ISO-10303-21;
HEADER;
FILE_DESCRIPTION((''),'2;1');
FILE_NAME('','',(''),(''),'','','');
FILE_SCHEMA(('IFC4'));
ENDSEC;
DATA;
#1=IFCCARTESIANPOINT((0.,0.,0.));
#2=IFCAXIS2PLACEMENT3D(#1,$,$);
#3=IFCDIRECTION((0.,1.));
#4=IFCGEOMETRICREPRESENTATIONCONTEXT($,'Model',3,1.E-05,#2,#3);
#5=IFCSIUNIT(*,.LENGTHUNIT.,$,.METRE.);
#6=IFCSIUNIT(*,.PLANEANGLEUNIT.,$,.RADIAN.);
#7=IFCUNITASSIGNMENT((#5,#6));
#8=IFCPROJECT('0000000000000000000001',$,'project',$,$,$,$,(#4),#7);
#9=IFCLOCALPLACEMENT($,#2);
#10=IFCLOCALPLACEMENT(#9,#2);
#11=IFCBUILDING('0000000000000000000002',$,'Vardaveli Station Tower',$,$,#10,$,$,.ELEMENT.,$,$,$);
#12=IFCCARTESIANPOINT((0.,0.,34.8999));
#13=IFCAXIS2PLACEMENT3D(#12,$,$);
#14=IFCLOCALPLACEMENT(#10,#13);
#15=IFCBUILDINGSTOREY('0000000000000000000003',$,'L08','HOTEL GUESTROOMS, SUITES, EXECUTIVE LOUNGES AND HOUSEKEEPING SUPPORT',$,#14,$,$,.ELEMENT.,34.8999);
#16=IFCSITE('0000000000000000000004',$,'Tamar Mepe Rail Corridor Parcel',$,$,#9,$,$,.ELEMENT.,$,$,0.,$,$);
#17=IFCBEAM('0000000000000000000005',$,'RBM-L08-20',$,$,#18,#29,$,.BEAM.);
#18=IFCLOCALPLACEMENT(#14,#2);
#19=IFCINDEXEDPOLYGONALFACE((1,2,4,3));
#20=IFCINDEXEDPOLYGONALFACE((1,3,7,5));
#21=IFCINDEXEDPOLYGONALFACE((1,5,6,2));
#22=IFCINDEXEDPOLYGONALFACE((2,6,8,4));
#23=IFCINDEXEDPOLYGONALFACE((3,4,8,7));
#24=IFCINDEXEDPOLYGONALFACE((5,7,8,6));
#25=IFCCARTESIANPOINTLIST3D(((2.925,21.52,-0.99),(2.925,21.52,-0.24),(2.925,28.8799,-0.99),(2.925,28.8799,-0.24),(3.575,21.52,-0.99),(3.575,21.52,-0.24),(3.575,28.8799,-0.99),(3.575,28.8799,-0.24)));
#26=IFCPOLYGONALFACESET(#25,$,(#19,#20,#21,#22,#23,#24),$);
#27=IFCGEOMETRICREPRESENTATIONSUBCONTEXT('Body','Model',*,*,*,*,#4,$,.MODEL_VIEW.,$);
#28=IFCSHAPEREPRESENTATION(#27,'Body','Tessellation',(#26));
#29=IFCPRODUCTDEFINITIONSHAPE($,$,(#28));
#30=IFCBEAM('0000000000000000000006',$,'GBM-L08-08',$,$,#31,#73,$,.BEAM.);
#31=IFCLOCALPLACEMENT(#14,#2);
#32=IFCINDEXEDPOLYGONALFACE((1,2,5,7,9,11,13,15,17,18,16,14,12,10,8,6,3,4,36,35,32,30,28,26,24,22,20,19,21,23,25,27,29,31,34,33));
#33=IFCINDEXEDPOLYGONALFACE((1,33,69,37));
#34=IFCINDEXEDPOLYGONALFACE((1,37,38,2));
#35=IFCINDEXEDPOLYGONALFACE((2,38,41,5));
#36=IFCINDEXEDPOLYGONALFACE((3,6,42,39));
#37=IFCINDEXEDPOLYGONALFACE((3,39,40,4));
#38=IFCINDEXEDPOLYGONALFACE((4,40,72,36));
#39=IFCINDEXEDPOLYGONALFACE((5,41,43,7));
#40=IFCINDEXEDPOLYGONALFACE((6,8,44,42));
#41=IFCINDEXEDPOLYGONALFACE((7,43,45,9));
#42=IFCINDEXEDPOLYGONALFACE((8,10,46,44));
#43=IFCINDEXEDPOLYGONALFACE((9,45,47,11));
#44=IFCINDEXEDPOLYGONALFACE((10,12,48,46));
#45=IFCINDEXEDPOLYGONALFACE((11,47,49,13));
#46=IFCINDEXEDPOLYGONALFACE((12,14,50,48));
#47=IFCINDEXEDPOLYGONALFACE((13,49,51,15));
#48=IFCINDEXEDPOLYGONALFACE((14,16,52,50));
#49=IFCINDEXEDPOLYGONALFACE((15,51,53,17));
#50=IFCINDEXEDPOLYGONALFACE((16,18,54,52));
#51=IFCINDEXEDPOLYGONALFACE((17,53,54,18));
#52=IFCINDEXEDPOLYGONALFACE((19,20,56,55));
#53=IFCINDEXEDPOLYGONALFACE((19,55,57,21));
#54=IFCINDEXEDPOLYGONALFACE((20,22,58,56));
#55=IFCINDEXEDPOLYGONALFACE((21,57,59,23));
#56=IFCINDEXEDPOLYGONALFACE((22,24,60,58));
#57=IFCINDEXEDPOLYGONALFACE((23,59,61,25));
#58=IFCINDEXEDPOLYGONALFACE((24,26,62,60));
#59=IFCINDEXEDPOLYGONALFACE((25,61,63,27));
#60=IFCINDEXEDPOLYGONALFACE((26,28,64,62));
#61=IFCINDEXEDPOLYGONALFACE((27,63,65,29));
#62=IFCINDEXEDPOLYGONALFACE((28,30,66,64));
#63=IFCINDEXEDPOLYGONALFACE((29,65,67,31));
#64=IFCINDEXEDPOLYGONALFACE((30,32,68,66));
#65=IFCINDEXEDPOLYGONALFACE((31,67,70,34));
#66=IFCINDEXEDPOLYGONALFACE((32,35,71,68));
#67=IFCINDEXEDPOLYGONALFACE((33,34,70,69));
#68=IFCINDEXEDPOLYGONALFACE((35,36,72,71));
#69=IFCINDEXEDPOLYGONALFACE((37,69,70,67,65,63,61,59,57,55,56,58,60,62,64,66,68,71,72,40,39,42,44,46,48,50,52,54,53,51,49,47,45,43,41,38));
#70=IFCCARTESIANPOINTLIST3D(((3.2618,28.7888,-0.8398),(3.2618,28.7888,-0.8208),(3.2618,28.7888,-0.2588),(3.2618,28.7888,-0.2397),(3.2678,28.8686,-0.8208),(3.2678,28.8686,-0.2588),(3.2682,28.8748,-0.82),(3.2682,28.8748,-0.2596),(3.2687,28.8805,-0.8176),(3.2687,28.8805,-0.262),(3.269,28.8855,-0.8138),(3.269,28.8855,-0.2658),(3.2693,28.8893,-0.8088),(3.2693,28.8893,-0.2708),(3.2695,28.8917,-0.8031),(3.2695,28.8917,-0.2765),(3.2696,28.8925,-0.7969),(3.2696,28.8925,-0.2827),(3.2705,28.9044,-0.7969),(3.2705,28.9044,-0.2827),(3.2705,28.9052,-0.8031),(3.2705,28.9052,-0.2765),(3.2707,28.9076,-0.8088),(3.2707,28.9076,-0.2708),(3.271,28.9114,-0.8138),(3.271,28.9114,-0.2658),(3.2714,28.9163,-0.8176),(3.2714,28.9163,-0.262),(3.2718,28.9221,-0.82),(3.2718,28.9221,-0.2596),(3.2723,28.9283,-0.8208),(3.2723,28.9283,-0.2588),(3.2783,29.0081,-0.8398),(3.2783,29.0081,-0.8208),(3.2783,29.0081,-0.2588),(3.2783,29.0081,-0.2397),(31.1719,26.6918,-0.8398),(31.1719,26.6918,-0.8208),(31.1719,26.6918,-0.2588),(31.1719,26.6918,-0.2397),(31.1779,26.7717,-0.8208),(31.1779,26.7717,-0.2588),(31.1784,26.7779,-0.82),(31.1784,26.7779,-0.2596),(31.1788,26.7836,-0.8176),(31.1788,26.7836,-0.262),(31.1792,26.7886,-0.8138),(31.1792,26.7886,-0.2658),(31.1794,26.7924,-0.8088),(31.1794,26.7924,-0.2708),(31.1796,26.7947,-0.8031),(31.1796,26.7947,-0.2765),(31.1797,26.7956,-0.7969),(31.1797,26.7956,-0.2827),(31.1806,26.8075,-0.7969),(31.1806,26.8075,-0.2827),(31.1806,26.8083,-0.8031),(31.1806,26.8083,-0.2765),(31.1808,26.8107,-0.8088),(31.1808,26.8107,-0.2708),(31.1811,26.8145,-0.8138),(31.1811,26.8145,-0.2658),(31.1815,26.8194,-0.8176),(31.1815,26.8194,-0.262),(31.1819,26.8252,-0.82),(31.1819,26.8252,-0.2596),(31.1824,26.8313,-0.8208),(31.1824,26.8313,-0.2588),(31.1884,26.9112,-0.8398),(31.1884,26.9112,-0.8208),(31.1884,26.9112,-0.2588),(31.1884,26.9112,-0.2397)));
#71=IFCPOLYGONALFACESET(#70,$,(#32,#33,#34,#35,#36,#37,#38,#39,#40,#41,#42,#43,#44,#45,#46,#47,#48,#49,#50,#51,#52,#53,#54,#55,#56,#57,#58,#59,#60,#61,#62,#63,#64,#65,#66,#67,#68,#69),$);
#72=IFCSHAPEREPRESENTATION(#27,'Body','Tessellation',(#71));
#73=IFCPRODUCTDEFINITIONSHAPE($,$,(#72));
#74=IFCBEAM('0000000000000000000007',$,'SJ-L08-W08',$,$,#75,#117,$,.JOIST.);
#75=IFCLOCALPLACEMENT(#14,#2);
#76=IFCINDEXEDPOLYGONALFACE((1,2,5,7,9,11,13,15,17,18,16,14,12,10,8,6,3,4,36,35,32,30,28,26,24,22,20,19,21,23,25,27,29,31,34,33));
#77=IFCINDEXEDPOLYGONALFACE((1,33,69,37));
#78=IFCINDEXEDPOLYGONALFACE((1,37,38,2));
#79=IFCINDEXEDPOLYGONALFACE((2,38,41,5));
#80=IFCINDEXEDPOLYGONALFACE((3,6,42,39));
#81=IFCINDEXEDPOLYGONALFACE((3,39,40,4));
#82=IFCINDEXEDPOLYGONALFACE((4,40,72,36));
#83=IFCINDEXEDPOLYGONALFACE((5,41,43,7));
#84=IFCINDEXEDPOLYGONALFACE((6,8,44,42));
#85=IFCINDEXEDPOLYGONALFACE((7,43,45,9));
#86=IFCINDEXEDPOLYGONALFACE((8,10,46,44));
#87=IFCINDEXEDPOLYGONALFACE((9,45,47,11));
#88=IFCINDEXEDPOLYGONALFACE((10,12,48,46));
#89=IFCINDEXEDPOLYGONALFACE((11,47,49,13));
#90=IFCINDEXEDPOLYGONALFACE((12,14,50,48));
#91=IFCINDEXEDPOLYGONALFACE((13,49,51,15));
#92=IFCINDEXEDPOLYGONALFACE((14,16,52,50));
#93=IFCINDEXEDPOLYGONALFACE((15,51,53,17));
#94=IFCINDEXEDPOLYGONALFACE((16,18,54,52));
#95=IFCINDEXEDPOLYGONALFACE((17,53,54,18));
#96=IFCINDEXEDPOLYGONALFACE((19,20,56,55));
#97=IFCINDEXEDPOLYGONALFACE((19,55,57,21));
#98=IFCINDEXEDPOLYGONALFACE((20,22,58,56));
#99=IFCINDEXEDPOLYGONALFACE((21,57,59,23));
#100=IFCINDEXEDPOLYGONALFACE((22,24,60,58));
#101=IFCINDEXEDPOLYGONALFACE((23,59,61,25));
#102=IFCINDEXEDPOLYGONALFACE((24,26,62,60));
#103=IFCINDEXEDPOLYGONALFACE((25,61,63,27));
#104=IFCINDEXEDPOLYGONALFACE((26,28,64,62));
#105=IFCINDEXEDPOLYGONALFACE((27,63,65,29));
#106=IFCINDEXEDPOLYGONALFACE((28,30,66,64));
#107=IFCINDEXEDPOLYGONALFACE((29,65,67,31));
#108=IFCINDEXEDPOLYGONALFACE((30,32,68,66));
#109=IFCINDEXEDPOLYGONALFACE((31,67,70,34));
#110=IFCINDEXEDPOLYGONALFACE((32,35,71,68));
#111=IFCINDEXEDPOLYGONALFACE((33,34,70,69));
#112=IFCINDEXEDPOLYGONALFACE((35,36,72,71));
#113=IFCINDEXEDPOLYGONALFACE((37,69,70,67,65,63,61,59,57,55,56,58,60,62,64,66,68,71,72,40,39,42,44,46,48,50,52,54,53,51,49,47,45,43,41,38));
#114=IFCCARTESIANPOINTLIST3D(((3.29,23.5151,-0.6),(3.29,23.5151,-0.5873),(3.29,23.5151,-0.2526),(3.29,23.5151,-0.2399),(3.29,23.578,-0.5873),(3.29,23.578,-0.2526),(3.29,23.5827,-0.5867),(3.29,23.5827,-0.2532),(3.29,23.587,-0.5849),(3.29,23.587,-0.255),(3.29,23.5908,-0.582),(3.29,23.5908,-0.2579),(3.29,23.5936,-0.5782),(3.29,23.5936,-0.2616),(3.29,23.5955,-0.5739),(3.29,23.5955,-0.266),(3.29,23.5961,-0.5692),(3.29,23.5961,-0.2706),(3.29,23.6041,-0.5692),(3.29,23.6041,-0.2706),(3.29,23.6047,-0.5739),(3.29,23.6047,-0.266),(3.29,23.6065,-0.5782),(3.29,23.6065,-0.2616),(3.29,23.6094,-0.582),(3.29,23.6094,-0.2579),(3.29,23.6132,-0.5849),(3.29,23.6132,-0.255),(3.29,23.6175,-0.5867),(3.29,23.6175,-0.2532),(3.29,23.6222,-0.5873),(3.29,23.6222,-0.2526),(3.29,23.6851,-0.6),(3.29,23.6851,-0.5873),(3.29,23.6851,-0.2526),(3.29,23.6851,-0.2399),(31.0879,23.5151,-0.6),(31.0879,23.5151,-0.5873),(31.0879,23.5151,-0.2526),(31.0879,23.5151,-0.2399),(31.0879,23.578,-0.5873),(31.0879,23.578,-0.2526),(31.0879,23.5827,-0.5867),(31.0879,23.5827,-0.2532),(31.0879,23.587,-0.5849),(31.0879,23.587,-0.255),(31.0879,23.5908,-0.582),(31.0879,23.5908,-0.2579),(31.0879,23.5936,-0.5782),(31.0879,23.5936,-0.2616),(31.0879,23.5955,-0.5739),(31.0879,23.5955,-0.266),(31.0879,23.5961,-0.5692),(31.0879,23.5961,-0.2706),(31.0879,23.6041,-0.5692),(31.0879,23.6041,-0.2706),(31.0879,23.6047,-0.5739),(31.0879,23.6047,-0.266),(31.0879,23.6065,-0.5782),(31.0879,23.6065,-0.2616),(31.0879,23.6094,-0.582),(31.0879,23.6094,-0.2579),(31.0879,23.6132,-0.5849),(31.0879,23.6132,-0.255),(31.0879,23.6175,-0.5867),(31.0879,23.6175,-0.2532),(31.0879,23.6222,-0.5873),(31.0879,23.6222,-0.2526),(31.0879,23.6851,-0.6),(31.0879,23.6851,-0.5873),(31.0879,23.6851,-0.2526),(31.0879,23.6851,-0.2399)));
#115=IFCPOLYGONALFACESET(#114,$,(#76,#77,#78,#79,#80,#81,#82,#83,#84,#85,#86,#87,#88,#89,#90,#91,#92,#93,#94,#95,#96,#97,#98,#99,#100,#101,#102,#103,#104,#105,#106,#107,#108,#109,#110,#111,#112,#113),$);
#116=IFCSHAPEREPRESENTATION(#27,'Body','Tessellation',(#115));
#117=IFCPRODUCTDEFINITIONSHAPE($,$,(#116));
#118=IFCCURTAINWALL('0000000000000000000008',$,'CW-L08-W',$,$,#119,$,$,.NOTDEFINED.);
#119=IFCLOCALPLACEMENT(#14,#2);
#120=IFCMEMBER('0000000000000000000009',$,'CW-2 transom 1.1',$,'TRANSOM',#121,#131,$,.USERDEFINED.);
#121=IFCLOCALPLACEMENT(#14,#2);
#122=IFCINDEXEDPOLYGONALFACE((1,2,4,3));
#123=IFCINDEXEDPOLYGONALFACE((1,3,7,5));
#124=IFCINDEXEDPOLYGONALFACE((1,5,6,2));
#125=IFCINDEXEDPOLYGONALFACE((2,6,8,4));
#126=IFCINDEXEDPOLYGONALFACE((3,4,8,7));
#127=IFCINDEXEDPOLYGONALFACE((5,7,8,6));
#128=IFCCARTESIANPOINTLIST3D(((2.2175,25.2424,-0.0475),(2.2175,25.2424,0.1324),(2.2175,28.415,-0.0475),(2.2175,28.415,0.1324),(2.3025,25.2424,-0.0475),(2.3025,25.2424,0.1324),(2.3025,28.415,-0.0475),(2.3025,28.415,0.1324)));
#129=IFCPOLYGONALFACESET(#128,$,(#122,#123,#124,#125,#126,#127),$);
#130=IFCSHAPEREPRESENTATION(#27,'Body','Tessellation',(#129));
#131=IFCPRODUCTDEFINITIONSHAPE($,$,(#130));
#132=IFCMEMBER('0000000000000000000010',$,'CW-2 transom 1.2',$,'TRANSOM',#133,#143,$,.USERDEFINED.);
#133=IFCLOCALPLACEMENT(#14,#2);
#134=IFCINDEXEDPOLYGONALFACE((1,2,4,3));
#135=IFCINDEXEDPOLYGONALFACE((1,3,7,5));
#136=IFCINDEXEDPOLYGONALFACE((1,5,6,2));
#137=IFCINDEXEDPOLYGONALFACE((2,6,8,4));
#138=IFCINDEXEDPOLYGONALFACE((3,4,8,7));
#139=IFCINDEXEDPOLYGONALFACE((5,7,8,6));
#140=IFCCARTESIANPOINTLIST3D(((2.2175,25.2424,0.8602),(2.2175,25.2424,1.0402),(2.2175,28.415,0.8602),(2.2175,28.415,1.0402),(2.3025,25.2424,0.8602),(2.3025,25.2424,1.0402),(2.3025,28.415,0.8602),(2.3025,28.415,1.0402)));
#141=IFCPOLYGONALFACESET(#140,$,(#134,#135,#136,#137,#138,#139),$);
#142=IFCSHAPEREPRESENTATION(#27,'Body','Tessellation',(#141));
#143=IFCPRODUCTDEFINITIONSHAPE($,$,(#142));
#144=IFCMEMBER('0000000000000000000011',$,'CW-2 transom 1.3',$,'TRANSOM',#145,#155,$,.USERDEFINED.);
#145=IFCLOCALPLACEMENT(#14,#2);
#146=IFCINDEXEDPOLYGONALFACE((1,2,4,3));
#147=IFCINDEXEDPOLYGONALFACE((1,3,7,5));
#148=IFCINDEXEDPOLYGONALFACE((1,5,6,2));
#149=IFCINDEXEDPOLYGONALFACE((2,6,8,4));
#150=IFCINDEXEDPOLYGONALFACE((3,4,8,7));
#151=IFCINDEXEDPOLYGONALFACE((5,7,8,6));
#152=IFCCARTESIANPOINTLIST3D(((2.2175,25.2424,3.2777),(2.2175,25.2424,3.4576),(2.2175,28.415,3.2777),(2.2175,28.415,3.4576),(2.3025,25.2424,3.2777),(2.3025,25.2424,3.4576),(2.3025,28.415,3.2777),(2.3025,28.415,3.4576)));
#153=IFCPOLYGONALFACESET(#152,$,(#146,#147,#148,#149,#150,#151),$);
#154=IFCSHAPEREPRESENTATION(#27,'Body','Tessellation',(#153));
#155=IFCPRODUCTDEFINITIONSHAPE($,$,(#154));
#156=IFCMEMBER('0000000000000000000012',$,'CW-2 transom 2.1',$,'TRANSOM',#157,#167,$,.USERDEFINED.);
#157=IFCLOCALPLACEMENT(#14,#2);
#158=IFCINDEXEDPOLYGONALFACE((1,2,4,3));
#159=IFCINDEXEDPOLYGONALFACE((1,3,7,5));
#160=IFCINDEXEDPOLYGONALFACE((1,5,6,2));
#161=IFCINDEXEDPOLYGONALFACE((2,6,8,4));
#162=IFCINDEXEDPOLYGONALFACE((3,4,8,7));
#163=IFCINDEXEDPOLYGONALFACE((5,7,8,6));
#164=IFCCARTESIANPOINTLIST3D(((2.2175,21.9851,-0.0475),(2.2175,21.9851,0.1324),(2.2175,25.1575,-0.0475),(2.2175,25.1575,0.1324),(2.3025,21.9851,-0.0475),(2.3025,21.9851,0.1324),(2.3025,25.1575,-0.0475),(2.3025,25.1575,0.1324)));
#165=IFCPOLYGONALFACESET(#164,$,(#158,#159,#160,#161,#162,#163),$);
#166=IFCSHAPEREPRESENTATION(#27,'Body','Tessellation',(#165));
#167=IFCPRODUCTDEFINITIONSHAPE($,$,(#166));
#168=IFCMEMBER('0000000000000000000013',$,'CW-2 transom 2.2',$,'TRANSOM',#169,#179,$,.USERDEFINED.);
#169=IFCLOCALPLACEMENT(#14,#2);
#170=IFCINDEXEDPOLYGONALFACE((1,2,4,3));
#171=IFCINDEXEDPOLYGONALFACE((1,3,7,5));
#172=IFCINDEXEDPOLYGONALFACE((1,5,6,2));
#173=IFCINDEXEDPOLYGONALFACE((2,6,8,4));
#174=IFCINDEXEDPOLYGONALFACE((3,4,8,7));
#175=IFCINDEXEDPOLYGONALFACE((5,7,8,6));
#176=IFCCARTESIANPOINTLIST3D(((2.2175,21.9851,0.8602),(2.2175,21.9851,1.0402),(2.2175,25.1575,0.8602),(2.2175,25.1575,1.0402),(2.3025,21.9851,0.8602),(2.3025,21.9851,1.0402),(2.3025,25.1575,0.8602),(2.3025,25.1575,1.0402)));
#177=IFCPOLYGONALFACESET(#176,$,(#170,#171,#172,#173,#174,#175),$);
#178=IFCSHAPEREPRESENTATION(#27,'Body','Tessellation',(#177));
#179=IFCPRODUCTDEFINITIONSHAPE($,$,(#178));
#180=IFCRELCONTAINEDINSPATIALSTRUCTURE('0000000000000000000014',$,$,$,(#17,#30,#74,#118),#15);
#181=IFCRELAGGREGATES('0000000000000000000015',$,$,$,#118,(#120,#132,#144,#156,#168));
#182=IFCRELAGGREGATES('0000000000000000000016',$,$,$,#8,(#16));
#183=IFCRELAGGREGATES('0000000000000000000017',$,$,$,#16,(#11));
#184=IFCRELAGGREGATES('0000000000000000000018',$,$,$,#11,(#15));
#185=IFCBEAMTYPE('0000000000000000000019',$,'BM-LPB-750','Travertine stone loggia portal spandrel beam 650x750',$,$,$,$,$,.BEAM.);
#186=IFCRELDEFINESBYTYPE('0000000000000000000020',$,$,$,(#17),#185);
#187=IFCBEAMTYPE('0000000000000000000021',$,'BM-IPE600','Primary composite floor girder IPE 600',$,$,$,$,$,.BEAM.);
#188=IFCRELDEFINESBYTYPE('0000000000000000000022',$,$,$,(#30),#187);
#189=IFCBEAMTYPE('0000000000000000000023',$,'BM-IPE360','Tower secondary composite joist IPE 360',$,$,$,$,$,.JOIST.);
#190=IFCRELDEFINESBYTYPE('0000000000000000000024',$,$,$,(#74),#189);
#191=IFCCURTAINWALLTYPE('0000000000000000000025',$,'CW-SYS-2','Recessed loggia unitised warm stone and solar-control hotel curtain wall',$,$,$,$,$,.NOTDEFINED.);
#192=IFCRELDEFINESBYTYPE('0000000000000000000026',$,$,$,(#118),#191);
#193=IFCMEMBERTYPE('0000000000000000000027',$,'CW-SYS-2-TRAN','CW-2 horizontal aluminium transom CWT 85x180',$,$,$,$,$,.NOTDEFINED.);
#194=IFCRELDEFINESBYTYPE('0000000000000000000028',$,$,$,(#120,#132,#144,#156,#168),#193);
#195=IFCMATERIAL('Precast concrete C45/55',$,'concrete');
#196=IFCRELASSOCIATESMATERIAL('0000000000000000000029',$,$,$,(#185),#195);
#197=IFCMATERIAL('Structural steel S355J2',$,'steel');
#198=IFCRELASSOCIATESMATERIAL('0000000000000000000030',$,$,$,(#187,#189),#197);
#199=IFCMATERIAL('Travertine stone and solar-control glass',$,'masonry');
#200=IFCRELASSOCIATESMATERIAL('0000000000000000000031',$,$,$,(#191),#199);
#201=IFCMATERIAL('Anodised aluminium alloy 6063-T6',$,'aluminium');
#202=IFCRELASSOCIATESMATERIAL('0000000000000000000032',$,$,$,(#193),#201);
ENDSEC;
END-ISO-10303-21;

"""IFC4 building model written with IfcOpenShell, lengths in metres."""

from ifc_helpers import new_model, si_unit, direction, frame, origin, origin_2d, place, context, subcontext, project, spatial, rectangle, i_section, extrude, source, transform, mapped, material, material_profile, profile_set, type_object, element, aggregate, save


model = new_model("IFC4")

# Units and contexts
model_context = context("Model", 3, precision=1e-05, world=origin(), true_north=direction((0.0, 1.0)))
body_context = subcontext(model_context, "Body", "Model", "MODEL_VIEW")
ifc_project = project(units=[si_unit("LENGTHUNIT", "METRE"), si_unit("PLANEANGLEUNIT", "RADIAN")], contexts=[model_context])

# Site, building, storey
site_placement = place(None, origin())
site = spatial("IfcSite", under=ifc_project, at=site_placement, Name="Tamar Mepe Rail Corridor Parcel", CompositionType="ELEMENT", RefElevation=0.0)
building_placement = place(site_placement, origin())
building = spatial("IfcBuilding", under=site, at=building_placement, Name="Vardaveli Station Tower", CompositionType="ELEMENT")
storey_placement = place(building_placement, frame((0.0, 0.0, 34.8999)))
storey = spatial("IfcBuildingStorey", under=building, at=storey_placement, Name="L08", Description="HOTEL GUESTROOMS, SUITES, EXECUTIVE LOUNGES AND HOUSEKEEPING SUPPORT", CompositionType="ELEMENT", Elevation=34.8999)

# Beams
ifc_material_1 = material(Name="Precast concrete C45/55", Category="concrete")
ifc_material_profile_1 = material_profile(ifc_material_1, rectangle(XDim=0.6499, YDim=0.75, at=origin_2d()), Name="LPB 650x750")
ifc_profile_set_1 = profile_set([ifc_material_profile_1], Name="Precast concrete C45/55")
beam_type_1 = type_object("IfcBeamType", Name="BM-LPB-750", Description="Travertine stone loggia portal spandrel beam 650x750", PredefinedType="BEAM", material=ifc_profile_set_1)
shared_shape_1 = source(origin(), body_context, "Body", "SweptSolid", [
    extrude(rectangle(XDim=0.6499, YDim=0.75, at=origin_2d()), origin(), (0.0, 0.0, 1.0), 7.3599),
])
beam_1_placement = place(storey_placement, frame((3.25, 28.8799, -0.615), z_axis=(0.0, -1.0, 0.0), x_axis=(1.0, 0.0, 0.0)))
element("IfcBeam", 1, at=beam_1_placement, inside=storey, type_object=beam_type_1, Name="RBM-L08-20", PredefinedType="BEAM", context=body_context, shape_type="MappedRepresentation", body=[
    mapped(shared_shape_1, transform((0.0, 0.0, 0.0), scale=1.0)),
])
ifc_material_2 = material(Name="Structural steel S355J2", Category="steel")
ifc_material_profile_2 = material_profile(ifc_material_2, i_section(OverallWidth=0.22, OverallDepth=0.6001, WebThickness=0.012, FlangeThickness=0.019, FilletRadius=0.0239, at=origin_2d()), Name="IPE 600")
ifc_profile_set_2 = profile_set([ifc_material_profile_2], Name="Structural steel S355J2")
beam_type_2 = type_object("IfcBeamType", Name="BM-IPE600", Description="Primary composite floor girder IPE 600", PredefinedType="BEAM", material=ifc_profile_set_2)
shared_shape_2 = source(origin(), body_context, "Body", "SweptSolid", [
    extrude(i_section(OverallWidth=0.22, OverallDepth=0.6001, WebThickness=0.012, FlangeThickness=0.019, FilletRadius=0.0239, at=origin_2d()), origin(), (0.0, 0.0, 1.0), 27.9888),
])
beam_2_placement = place(storey_placement, frame((3.27, 28.8984, -0.5398), z_axis=(0.99719, -0.07492, 0.0), x_axis=(0.07492, 0.99719, 0.0)))
element("IfcBeam", 2, at=beam_2_placement, inside=storey, type_object=beam_type_2, Name="GBM-L08-08", PredefinedType="BEAM", context=body_context, shape_type="MappedRepresentation", body=[
    mapped(shared_shape_2, transform((0.0, 0.0, 0.0), scale=1.0)),
])
ifc_material_profile_3 = material_profile(ifc_material_2, i_section(OverallWidth=0.1699, OverallDepth=0.3601, WebThickness=0.0081, FlangeThickness=0.0127, FilletRadius=0.0181, at=origin_2d()), Name="IPE 360")
ifc_profile_set_3 = profile_set([ifc_material_profile_3], Name="Structural steel S355J2")
beam_type_3 = type_object("IfcBeamType", Name="BM-IPE360", Description="Tower secondary composite joist IPE 360", PredefinedType="JOIST", material=ifc_profile_set_3)
shared_shape_3 = source(origin(), body_context, "Body", "SweptSolid", [
    extrude(i_section(OverallWidth=0.1699, OverallDepth=0.3601, WebThickness=0.0081, FlangeThickness=0.0127, FilletRadius=0.0181, at=origin_2d()), origin(), (0.0, 0.0, 1.0), 27.7979),
])
beam_3_placement = place(storey_placement, frame((3.29, 23.6001, -0.4199), z_axis=(1.0, 0.0, 0.0), x_axis=(0.0, 1.0, 0.0)))
element("IfcBeam", 3, at=beam_3_placement, inside=storey, type_object=beam_type_3, Name="SJ-L08-W08", PredefinedType="JOIST", context=body_context, shape_type="MappedRepresentation", body=[
    mapped(shared_shape_3, transform((0.0, 0.0, 0.0), scale=1.0)),
])

# Curtain wall, members
ifc_material_3 = material(Name="Travertine stone and solar-control glass", Category="masonry")
curtain_wall_type = type_object("IfcCurtainWallType", Name="CW-SYS-2", Description="Recessed loggia unitised warm stone and solar-control hotel curtain wall", PredefinedType="NOTDEFINED", material=ifc_material_3)
curtain_wall_placement = place(storey_placement, origin())
curtain_wall = element("IfcCurtainWall", 4, at=curtain_wall_placement, inside=storey, type_object=curtain_wall_type, Name="CW-L08-W", PredefinedType="NOTDEFINED")
ifc_material_4 = material(Name="Anodised aluminium alloy 6063-T6", Category="aluminium")
ifc_material_profile_4 = material_profile(ifc_material_4, rectangle(XDim=0.085, YDim=0.1799, at=origin_2d()), Name="CWT 85x180")
ifc_profile_set_4 = profile_set([ifc_material_profile_4], Name="Anodised aluminium alloy 6063-T6")
member_type_1 = type_object("IfcMemberType", Name="CW-SYS-2-TRAN", Description="CW-2 horizontal aluminium transom CWT 85x180", PredefinedType="NOTDEFINED", material=ifc_profile_set_4)
shared_shape_4 = source(origin(), body_context, "Body", "SweptSolid", [
    extrude(rectangle(XDim=0.085, YDim=0.1799, at=origin_2d()), origin(), (0.0, 0.0, 1.0), 3.1726),
])
member_1_placement = place(storey_placement, frame((2.26, 28.415, 0.0425), z_axis=(0.0, -1.0, 0.0), x_axis=(1.0, 0.0, 0.0)))
member_1 = element("IfcMember", 5, at=member_1_placement, type_object=member_type_1, Name="CW-2 transom 1.1", ObjectType="TRANSOM", PredefinedType="USERDEFINED", context=body_context, shape_type="MappedRepresentation", body=[
    mapped(shared_shape_4, transform((0.0, 0.0, 0.0), scale=1.0)),
])
member_2_placement = place(storey_placement, frame((2.26, 28.415, 0.9502), z_axis=(0.0, -1.0, 0.0), x_axis=(1.0, 0.0, 0.0)))
member_2 = element("IfcMember", 6, at=member_2_placement, type_object=member_type_1, Name="CW-2 transom 1.2", ObjectType="TRANSOM", PredefinedType="USERDEFINED", context=body_context, shape_type="MappedRepresentation", body=[
    mapped(shared_shape_4, transform((0.0, 0.0, 0.0), scale=1.0)),
])
member_3_placement = place(storey_placement, frame((2.26, 28.415, 3.3677), z_axis=(0.0, -1.0, 0.0), x_axis=(1.0, 0.0, 0.0)))
member_3 = element("IfcMember", 7, at=member_3_placement, type_object=member_type_1, Name="CW-2 transom 1.3", ObjectType="TRANSOM", PredefinedType="USERDEFINED", context=body_context, shape_type="MappedRepresentation", body=[
    mapped(shared_shape_4, transform((0.0, 0.0, 0.0), scale=1.0)),
])
shared_shape_5 = source(origin(), body_context, "Body", "SweptSolid", [
    extrude(rectangle(XDim=0.085, YDim=0.1799, at=origin_2d()), origin(), (0.0, 0.0, 1.0), 3.1724),
])
member_4_placement = place(storey_placement, frame((2.26, 25.1575, 0.0425), z_axis=(0.0, -1.0, 0.0), x_axis=(1.0, 0.0, 0.0)))
member_4 = element("IfcMember", 8, at=member_4_placement, type_object=member_type_1, Name="CW-2 transom 2.1", ObjectType="TRANSOM", PredefinedType="USERDEFINED", context=body_context, shape_type="MappedRepresentation", body=[
    mapped(shared_shape_5, transform((0.0, 0.0, 0.0), scale=1.0)),
])
member_5_placement = place(storey_placement, frame((2.26, 25.1575, 0.9502), z_axis=(0.0, -1.0, 0.0), x_axis=(1.0, 0.0, 0.0)))
member_5 = element("IfcMember", 9, at=member_5_placement, type_object=member_type_1, Name="CW-2 transom 2.2", ObjectType="TRANSOM", PredefinedType="USERDEFINED", context=body_context, shape_type="MappedRepresentation", body=[
    mapped(shared_shape_5, transform((0.0, 0.0, 0.0), scale=1.0)),
])
aggregate(curtain_wall, [member_1, member_2, member_3, member_4, member_5])

save(model, "model.ifc")
